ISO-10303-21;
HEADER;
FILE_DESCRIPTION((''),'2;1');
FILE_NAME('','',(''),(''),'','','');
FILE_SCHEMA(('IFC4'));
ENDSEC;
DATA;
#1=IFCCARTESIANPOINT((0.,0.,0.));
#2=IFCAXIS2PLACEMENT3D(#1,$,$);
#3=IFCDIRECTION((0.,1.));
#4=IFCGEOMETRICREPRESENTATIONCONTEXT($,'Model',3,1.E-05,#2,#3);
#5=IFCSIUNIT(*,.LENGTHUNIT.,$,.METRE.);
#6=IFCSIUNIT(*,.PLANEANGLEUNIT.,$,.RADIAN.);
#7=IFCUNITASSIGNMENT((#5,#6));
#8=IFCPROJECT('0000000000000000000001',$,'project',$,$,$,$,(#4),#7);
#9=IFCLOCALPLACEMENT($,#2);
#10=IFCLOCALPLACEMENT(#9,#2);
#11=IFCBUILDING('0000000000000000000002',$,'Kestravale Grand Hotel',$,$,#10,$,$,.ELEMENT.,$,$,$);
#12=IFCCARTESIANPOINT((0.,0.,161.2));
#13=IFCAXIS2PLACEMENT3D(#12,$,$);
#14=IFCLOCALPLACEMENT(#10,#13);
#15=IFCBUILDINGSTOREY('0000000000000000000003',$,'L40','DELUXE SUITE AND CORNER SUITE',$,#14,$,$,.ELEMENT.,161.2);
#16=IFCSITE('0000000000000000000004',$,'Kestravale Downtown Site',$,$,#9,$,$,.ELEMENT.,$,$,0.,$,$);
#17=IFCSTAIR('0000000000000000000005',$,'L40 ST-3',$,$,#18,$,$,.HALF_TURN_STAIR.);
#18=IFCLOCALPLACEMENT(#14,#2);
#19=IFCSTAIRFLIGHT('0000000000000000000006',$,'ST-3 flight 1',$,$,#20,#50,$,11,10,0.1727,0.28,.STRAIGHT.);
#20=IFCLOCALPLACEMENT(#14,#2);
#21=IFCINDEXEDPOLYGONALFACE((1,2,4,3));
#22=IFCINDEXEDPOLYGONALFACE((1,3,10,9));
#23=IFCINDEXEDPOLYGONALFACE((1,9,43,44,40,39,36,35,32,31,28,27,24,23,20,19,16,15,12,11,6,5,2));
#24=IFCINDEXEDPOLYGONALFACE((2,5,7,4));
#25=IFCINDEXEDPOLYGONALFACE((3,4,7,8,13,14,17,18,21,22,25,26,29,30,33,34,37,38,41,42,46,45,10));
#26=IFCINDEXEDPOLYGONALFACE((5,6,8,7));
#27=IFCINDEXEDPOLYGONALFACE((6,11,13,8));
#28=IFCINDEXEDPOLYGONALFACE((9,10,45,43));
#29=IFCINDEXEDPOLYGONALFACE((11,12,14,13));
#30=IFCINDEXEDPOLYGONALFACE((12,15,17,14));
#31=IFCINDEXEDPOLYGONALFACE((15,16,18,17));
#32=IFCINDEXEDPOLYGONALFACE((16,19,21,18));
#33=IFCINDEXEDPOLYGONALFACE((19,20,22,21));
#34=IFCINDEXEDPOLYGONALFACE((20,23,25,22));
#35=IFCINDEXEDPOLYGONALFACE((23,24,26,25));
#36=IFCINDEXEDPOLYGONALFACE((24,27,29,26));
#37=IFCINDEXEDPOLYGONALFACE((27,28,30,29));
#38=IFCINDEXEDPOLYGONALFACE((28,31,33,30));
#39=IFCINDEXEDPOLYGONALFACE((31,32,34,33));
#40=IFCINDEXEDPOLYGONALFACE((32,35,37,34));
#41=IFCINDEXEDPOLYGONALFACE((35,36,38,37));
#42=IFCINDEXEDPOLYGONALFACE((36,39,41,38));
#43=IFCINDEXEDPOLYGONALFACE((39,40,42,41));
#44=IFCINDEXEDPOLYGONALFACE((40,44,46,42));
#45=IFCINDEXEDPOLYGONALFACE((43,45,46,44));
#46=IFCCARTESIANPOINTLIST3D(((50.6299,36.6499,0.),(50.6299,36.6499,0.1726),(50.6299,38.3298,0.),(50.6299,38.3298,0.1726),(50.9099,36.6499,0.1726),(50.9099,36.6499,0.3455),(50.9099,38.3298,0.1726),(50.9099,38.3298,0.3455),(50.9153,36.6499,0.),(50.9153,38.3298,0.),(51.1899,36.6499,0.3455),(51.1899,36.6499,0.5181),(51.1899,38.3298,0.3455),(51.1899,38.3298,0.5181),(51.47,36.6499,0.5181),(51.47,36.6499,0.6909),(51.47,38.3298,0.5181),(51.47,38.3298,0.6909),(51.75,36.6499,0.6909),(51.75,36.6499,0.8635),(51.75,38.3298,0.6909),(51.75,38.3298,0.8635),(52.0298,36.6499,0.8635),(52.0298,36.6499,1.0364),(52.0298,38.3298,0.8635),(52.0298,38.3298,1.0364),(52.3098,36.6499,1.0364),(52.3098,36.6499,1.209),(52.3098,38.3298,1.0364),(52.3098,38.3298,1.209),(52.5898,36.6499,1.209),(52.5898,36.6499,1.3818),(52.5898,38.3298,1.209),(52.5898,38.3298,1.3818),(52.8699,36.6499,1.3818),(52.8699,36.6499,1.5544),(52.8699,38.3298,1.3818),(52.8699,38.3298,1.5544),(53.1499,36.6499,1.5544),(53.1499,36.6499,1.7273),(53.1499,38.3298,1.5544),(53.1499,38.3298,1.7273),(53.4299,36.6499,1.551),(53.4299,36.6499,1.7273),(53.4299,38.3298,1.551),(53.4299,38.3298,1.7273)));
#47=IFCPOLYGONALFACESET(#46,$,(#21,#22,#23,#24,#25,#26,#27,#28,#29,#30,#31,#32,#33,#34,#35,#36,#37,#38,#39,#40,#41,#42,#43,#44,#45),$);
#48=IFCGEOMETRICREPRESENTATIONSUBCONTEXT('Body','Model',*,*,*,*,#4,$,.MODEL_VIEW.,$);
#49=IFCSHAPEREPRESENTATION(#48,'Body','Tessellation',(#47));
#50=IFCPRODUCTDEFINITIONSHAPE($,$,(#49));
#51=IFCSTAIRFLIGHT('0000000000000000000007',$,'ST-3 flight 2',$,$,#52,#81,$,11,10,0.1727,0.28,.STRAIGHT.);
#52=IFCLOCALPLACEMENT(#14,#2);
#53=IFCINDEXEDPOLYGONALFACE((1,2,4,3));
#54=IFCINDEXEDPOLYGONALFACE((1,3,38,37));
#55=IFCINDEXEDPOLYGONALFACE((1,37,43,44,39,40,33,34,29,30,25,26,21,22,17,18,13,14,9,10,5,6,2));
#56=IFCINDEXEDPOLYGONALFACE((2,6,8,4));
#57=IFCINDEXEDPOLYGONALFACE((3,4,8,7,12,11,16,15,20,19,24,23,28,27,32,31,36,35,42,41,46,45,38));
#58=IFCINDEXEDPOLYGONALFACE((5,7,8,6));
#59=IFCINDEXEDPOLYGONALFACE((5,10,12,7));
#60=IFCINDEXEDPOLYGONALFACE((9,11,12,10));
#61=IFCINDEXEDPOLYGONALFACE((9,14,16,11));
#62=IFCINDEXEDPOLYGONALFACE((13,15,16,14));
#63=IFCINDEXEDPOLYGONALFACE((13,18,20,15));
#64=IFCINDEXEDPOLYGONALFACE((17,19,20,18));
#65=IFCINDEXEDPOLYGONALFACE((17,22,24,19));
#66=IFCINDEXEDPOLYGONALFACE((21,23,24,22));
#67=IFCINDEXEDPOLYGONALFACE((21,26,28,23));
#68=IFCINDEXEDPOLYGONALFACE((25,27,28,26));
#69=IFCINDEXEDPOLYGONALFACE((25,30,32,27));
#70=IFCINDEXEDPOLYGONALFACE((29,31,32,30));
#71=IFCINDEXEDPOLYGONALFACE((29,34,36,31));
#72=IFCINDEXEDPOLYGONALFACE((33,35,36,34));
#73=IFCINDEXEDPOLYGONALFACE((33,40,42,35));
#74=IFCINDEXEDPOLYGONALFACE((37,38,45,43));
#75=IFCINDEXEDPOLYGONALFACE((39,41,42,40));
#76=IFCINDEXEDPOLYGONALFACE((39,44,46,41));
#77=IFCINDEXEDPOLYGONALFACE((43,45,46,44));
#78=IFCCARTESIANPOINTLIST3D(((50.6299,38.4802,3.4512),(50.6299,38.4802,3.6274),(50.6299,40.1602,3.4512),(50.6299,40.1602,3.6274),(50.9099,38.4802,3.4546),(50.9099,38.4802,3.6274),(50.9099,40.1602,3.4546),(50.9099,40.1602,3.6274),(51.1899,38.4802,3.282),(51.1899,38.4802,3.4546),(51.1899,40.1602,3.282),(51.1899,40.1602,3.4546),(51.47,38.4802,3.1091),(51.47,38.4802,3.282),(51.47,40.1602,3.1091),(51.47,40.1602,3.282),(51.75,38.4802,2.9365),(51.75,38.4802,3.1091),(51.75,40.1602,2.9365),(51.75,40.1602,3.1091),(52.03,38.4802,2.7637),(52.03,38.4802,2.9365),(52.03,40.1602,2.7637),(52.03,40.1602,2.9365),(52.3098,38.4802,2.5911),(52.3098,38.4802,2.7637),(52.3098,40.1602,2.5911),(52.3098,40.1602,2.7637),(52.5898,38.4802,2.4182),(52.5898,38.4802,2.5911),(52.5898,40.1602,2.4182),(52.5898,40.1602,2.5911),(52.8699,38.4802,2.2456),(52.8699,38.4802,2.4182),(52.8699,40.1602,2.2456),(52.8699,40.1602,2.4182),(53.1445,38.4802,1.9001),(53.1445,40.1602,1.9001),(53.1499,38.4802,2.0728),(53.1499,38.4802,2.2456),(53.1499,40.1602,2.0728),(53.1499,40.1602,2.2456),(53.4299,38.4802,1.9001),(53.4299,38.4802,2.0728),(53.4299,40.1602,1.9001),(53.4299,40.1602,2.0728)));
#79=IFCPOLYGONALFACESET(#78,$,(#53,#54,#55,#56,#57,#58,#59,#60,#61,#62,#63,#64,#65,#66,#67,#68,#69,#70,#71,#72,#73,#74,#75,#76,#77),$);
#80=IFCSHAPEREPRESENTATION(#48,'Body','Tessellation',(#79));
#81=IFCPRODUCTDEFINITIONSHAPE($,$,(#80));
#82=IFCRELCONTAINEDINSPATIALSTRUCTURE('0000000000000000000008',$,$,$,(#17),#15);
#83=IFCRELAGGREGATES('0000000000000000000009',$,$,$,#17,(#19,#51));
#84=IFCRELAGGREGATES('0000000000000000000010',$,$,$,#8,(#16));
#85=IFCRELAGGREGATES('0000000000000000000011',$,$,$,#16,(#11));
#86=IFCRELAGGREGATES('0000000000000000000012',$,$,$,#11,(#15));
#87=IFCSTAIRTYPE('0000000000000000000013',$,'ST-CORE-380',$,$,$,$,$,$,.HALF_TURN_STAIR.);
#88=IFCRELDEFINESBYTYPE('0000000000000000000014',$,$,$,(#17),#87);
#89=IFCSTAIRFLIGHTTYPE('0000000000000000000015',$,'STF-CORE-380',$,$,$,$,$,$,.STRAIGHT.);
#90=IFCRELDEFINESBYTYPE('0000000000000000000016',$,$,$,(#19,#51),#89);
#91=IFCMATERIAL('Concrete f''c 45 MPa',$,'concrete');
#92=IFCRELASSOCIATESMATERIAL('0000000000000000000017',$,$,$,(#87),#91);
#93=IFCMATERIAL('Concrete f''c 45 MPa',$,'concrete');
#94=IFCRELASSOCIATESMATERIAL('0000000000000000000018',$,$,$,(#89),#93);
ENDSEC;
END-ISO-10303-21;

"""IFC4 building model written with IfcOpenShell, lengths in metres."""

from ifc_helpers import new_model, si_unit, direction, frame, origin, place, context, subcontext, project, spatial, polyline, outline, extrude, material, type_object, element, aggregate, save


model = new_model("IFC4")

# Units and contexts
model_context = context("Model", 3, precision=1e-05, world=origin(), true_north=direction((0.0, 1.0)))
body_context = subcontext(model_context, "Body", "Model", "MODEL_VIEW")
ifc_project = project(units=[si_unit("LENGTHUNIT", "METRE"), si_unit("PLANEANGLEUNIT", "RADIAN")], contexts=[model_context])

# Site, building, storey
site_placement = place(None, origin())
site = spatial("IfcSite", under=ifc_project, at=site_placement, Name="Kestravale Downtown Site", CompositionType="ELEMENT", RefElevation=0.0)
building_placement = place(site_placement, origin())
building = spatial("IfcBuilding", under=site, at=building_placement, Name="Kestravale Grand Hotel", CompositionType="ELEMENT")
storey_placement = place(building_placement, frame((0.0, 0.0, 161.2)))
storey = spatial("IfcBuildingStorey", under=building, at=storey_placement, Name="L40", Description="DELUXE SUITE AND CORNER SUITE", CompositionType="ELEMENT", Elevation=161.2)

# Stair, stair flights
ifc_material_1 = material(Name="Concrete f'c 45 MPa", Category="concrete")
stair_type = type_object("IfcStairType", Name="ST-CORE-380", PredefinedType="HALF_TURN_STAIR", material=ifc_material_1)
stair_placement = place(storey_placement, origin())
stair = element("IfcStair", 1, at=stair_placement, inside=storey, type_object=stair_type, Name="L40 ST-3", PredefinedType="HALF_TURN_STAIR")
ifc_material_2 = material(Name="Concrete f'c 45 MPa", Category="concrete")
stair_flight_type = type_object("IfcStairFlightType", Name="STF-CORE-380", PredefinedType="STRAIGHT", material=ifc_material_2)
stair_flight_1_placement = place(storey_placement, frame((50.6299, 37.49, 0.0), z_axis=(0.0, 0.0, 1.0), x_axis=(1.0, 0.0, 0.0)))
stair_flight_1 = element("IfcStairFlight", 2, at=stair_flight_1_placement, type_object=stair_flight_type, Name="ST-3 flight 1", NumberOfRisers=11, NumberOfTreads=10, PredefinedType="STRAIGHT", RiserHeight=0.1727, TreadLength=0.28, context=body_context, shape_type="SweptSolid", body=[
    extrude(outline(polyline([(0.0, 0.0), (0.0, 0.1726), (0.28, 0.1726), (0.28, 0.3455), (0.5601, 0.3455), (0.5601, 0.5181), (0.8401, 0.5181), (0.8401, 0.6909), (1.1201, 0.6909), (1.1201, 0.8635), (1.3999, 0.8635), (1.3999, 1.0364), (1.6799, 1.0364), (1.6799, 1.209), (1.96, 1.209), (1.96, 1.3818), (2.24, 1.3818), (2.24, 1.5544), (2.52, 1.5544), (2.52, 1.7273), (2.8, 1.7273), (2.8, 1.8999), (2.8, 1.551), (0.2854, 0.0), (0.0, 0.0)])), frame((0.0, 0.8398, 0.0), z_axis=(0.0, -1.0, 0.0), x_axis=(1.0, 0.0, 0.0)), (0.0, 0.0, 1.0), 1.6799),
])
stair_flight_2_placement = place(storey_placement, frame((53.4299, 39.3201, 1.9001), z_axis=(0.0, 0.0, 1.0), x_axis=(-1.0, 0.0, 0.0)))
stair_flight_2 = element("IfcStairFlight", 3, at=stair_flight_2_placement, type_object=stair_flight_type, Name="ST-3 flight 2", NumberOfRisers=11, NumberOfTreads=10, PredefinedType="STRAIGHT", RiserHeight=0.1727, TreadLength=0.28, context=body_context, shape_type="SweptSolid", body=[
    extrude(outline(polyline([(0.0, 0.0), (0.0, 0.1726), (0.28, 0.1726), (0.28, 0.3455), (0.5601, 0.3455), (0.5601, 0.5181), (0.8401, 0.5181), (0.8401, 0.6909), (1.1201, 0.6909), (1.1201, 0.8635), (1.3999, 0.8635), (1.3999, 1.0364), (1.6799, 1.0364), (1.6799, 1.209), (1.96, 1.209), (1.96, 1.3818), (2.24, 1.3818), (2.24, 1.5544), (2.52, 1.5544), (2.52, 1.7273), (2.8, 1.7273), (2.8, 1.8999), (2.8, 1.551), (0.2854, 0.0), (0.0, 0.0)])), frame((0.0, 0.8398, 0.0), z_axis=(0.0, -1.0, 0.0), x_axis=(1.0, 0.0, 0.0)), (0.0, 0.0, 1.0), 1.6799),
])
aggregate(stair, [stair_flight_1, stair_flight_2])

save(model, "model.ifc")
